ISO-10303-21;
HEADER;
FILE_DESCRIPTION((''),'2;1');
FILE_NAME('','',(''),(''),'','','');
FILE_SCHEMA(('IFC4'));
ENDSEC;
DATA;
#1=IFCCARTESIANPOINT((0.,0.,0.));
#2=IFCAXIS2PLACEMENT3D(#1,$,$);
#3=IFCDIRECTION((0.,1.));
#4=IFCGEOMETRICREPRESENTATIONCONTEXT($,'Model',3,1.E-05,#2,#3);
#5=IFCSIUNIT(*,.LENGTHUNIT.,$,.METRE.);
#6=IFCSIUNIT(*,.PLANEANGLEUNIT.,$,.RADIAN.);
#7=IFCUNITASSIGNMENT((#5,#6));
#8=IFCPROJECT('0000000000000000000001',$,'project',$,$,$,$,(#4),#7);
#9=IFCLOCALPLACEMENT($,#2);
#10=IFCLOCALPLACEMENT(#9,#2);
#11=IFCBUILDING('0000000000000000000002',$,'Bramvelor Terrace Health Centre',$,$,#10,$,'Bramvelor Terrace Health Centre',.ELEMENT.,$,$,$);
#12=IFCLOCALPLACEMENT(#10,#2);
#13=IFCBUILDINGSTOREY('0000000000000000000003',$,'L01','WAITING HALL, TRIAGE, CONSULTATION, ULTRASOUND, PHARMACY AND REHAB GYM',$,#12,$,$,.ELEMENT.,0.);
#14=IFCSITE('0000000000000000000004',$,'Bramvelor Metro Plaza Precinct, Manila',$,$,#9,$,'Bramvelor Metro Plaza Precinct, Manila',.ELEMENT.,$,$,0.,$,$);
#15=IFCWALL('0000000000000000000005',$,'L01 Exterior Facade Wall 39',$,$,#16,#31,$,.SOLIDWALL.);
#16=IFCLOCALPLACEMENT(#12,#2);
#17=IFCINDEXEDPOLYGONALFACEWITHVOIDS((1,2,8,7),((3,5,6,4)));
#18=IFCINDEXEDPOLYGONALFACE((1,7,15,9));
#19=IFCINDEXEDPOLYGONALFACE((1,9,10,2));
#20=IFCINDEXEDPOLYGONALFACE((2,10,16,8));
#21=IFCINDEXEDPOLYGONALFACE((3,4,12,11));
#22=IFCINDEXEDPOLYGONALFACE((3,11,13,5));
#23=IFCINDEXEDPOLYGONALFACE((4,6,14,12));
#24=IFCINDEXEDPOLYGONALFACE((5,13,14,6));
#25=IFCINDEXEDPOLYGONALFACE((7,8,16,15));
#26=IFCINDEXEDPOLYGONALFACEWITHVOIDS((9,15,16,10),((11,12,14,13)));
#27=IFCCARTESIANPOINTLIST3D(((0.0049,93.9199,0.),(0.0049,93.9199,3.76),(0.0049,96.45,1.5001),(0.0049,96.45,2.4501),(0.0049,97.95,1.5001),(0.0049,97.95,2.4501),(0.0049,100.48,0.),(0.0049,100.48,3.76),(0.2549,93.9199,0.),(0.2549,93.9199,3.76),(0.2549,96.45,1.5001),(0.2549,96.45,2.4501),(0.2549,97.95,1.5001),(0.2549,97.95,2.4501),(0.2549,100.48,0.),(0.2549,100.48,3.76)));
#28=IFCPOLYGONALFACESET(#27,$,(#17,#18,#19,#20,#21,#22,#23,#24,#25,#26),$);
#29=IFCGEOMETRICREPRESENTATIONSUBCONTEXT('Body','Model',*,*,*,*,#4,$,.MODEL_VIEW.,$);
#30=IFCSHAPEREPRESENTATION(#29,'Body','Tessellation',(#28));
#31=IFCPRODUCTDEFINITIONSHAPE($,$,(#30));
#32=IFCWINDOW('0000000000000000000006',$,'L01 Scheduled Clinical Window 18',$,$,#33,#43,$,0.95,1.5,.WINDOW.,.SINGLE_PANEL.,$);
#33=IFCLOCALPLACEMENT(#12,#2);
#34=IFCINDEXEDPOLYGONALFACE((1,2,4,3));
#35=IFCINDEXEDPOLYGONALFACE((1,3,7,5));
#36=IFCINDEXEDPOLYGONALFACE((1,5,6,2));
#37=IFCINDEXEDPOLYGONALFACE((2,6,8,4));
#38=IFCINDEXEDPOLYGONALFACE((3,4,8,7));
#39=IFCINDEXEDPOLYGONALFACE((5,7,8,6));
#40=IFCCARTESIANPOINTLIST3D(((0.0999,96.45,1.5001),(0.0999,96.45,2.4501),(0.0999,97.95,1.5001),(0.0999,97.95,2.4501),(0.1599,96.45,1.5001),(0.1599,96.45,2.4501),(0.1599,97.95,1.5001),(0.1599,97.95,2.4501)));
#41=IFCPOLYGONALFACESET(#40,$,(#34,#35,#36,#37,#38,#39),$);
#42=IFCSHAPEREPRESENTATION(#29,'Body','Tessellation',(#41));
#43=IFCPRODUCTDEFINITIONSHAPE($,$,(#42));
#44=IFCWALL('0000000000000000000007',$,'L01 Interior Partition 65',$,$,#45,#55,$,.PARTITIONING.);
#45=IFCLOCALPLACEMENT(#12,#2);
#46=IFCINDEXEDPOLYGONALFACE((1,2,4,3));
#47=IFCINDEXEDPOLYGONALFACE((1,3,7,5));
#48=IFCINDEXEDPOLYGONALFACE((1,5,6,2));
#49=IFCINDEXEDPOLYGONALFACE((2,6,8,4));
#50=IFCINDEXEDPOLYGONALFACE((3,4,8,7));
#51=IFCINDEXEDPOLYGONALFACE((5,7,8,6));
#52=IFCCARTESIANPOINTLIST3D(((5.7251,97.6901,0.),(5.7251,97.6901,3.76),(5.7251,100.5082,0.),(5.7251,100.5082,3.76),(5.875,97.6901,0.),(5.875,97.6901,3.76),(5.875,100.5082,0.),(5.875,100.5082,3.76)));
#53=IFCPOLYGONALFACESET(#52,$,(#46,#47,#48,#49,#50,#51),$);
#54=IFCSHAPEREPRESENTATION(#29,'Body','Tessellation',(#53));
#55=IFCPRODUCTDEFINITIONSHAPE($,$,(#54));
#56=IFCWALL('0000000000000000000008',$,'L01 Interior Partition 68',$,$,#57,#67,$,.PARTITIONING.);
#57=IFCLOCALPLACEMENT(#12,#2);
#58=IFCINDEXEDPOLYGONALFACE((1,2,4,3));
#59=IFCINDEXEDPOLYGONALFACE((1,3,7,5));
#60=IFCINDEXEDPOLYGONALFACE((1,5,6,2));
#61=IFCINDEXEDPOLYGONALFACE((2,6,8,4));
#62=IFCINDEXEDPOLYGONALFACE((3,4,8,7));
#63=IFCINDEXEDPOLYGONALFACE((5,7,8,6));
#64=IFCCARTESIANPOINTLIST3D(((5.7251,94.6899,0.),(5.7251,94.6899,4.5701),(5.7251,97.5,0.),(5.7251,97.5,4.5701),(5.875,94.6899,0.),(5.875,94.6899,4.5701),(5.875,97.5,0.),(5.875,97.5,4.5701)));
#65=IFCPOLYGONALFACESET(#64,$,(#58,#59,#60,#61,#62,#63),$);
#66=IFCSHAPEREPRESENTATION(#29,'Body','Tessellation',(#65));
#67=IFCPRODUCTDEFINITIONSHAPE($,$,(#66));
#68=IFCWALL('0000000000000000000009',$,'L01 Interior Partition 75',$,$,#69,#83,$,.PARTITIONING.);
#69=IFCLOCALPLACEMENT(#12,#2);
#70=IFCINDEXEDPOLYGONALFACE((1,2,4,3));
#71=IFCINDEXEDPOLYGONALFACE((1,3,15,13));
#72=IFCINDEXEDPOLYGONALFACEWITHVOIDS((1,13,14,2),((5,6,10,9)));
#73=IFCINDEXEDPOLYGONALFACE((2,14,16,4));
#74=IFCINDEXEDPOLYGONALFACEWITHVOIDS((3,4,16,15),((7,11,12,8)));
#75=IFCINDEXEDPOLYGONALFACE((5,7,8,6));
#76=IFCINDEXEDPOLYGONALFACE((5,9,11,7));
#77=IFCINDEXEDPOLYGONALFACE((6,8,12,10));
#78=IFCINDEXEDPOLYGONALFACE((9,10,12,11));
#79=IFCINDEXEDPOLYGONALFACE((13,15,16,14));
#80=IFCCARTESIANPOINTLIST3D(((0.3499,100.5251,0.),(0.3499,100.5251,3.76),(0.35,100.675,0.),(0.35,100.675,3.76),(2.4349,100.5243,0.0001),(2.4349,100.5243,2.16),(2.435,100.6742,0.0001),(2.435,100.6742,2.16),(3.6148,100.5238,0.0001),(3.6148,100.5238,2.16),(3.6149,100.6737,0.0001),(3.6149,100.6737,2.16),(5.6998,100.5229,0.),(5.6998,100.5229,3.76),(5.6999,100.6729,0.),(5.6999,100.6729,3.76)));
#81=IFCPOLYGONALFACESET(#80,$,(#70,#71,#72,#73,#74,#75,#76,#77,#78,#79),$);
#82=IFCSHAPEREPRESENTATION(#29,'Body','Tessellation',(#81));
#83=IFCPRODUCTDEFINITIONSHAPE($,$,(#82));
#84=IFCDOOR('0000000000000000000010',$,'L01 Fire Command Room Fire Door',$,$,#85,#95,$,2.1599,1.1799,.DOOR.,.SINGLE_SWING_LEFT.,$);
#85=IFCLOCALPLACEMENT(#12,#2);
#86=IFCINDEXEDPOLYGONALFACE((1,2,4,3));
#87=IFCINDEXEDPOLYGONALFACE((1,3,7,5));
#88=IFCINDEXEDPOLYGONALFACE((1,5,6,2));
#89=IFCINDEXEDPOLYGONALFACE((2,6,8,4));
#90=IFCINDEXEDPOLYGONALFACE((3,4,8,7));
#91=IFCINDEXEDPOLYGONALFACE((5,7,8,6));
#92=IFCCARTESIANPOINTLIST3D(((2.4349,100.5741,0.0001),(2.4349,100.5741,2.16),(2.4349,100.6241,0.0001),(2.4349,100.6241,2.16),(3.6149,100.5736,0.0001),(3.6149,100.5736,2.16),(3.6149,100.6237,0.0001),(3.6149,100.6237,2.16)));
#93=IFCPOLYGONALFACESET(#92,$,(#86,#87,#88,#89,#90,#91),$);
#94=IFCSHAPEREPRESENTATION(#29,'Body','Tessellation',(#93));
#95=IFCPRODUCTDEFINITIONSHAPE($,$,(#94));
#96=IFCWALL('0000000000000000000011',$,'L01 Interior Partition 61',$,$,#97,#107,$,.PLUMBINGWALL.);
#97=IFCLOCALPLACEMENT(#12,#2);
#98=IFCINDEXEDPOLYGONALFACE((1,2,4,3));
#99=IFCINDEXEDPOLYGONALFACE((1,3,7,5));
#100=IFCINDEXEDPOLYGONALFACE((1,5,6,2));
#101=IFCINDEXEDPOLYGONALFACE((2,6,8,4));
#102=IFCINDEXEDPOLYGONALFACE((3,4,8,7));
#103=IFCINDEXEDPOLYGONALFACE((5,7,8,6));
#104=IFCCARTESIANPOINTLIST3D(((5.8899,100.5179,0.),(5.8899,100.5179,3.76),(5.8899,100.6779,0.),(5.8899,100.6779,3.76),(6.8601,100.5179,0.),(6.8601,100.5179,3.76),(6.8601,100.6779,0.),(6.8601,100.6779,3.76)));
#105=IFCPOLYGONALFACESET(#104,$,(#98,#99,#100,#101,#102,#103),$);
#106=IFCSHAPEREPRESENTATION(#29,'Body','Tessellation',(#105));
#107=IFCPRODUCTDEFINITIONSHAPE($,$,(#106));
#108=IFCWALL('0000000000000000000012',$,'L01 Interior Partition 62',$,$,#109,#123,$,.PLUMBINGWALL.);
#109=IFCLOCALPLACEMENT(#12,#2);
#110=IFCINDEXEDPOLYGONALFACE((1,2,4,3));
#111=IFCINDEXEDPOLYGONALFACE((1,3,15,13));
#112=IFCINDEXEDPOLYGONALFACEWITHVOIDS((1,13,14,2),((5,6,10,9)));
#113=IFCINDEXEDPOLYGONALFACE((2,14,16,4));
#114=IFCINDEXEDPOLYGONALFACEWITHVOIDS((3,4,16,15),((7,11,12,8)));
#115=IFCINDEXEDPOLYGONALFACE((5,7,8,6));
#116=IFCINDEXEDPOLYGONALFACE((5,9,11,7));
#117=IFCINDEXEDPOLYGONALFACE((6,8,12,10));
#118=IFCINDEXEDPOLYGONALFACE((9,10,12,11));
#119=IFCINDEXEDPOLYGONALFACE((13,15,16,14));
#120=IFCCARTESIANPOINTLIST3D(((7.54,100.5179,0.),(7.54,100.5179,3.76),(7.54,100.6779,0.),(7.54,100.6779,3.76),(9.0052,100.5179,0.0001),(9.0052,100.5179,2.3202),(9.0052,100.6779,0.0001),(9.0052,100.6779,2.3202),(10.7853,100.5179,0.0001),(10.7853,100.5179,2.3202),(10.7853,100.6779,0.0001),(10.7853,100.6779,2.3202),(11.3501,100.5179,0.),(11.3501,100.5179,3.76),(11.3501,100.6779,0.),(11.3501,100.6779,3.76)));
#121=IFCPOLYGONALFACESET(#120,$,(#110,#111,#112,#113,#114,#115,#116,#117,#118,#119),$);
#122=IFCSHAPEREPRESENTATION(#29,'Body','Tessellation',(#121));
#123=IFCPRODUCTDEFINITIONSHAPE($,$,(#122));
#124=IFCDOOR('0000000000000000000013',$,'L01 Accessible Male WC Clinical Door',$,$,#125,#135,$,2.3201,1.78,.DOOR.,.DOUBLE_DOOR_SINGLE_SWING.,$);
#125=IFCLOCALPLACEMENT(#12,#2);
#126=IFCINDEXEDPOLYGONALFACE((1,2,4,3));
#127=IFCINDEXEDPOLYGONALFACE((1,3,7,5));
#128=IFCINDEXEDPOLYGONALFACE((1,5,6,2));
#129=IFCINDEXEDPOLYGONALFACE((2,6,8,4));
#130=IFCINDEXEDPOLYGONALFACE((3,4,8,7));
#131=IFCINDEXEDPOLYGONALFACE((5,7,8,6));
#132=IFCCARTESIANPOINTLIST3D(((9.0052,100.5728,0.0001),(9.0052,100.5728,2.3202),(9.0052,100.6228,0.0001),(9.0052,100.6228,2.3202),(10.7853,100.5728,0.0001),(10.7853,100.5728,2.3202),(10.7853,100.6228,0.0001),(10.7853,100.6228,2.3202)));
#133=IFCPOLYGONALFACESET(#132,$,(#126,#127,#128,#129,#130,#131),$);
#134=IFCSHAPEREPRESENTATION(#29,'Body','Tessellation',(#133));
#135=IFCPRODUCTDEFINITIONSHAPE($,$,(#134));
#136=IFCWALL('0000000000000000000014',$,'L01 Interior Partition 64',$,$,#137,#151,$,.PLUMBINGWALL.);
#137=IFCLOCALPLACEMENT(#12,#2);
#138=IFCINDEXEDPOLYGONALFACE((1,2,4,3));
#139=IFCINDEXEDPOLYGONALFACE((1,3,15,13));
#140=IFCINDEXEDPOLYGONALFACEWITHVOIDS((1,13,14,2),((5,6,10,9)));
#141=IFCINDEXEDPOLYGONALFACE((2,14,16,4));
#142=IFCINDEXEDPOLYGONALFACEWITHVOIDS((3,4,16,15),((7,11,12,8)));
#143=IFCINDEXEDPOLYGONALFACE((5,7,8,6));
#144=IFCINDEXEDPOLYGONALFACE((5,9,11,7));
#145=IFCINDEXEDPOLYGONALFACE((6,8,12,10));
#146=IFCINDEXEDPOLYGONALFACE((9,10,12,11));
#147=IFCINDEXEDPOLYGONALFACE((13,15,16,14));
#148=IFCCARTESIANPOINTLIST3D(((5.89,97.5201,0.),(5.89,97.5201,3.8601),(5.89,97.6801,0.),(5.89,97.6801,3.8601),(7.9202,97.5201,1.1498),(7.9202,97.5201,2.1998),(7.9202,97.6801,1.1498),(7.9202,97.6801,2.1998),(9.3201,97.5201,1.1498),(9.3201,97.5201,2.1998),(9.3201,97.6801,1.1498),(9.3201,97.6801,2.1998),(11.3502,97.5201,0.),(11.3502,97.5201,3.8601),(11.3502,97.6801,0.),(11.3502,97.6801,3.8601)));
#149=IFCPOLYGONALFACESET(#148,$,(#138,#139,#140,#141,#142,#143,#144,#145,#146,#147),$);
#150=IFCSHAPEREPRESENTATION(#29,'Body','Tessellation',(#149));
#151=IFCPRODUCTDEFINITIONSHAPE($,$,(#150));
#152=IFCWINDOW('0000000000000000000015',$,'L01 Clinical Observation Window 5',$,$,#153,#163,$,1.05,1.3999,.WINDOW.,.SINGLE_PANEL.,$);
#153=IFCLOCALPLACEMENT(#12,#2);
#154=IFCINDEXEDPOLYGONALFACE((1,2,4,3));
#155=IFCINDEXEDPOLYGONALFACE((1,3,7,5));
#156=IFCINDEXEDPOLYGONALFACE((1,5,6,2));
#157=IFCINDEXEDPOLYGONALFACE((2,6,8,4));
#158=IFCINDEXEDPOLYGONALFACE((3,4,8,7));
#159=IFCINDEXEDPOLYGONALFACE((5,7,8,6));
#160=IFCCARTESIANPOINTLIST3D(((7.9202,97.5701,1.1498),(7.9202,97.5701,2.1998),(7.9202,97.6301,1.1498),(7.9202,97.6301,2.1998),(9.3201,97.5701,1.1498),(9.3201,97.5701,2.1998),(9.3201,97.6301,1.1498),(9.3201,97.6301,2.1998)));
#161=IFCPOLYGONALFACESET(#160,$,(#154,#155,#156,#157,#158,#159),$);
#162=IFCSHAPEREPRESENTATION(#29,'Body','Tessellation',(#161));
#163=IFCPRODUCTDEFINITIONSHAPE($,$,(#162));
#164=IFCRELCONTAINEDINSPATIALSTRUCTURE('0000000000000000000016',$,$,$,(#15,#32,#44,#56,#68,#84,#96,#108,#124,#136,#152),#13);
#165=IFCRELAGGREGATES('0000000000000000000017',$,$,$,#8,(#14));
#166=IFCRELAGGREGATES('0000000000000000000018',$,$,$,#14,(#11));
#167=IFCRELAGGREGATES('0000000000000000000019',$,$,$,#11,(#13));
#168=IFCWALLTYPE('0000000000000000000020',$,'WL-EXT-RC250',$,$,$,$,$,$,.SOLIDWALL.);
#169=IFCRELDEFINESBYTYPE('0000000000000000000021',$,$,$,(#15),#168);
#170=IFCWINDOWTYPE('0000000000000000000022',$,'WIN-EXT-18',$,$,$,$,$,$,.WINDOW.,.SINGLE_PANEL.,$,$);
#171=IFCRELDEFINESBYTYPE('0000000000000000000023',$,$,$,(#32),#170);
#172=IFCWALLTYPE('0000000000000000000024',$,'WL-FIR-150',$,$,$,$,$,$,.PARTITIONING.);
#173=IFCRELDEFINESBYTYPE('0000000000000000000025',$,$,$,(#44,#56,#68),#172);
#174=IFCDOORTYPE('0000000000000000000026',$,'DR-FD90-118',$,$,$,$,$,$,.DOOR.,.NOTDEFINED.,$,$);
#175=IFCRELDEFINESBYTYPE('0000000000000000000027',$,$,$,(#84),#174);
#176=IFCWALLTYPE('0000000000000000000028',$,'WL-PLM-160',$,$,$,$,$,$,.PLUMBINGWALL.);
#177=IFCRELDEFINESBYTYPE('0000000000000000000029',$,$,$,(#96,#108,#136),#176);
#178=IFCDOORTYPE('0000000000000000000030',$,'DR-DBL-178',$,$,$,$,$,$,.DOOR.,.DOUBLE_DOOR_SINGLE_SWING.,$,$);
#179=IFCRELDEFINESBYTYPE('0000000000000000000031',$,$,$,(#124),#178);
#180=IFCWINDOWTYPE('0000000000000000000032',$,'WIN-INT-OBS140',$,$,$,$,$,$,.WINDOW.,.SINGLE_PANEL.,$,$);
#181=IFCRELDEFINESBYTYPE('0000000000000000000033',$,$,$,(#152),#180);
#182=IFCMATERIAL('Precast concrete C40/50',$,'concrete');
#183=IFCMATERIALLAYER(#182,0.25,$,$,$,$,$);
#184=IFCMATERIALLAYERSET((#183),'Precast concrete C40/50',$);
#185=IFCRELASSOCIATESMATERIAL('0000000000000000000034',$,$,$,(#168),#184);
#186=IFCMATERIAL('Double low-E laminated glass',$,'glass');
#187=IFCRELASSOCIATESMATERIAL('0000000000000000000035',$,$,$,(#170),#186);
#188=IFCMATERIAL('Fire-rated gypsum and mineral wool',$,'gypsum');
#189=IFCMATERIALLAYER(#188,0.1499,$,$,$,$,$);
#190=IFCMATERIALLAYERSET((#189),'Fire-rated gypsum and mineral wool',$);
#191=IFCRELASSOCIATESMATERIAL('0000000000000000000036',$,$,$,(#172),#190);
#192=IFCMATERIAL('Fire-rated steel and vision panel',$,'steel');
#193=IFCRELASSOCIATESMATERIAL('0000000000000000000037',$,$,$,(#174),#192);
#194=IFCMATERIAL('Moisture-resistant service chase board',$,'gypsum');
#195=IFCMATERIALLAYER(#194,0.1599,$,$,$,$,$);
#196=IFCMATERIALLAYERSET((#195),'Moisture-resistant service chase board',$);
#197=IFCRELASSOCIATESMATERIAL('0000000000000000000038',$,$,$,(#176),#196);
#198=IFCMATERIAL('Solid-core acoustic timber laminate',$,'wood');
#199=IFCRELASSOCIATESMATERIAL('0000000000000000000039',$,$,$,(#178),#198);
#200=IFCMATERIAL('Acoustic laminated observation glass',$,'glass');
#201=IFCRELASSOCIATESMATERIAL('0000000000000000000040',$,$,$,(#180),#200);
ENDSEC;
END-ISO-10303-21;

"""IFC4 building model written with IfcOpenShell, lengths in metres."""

from ifc_helpers import new_model, si_unit, direction, frame, frame_2d, origin, place, context, subcontext, project, spatial, rectangle, extrude, material, layer, layer_set, type_object, element, fill, save


model = new_model("IFC4")

# Units and contexts
model_context = context("Model", 3, precision=1e-05, world=origin(), true_north=direction((0.0, 1.0)))
body_context = subcontext(model_context, "Body", "Model", "MODEL_VIEW")
ifc_project = project(units=[si_unit("LENGTHUNIT", "METRE"), si_unit("PLANEANGLEUNIT", "RADIAN")], contexts=[model_context])

# Site, building, storey
site_placement = place(None, origin())
site = spatial("IfcSite", under=ifc_project, at=site_placement, Name="Bramvelor Metro Plaza Precinct, Manila", LongName="Bramvelor Metro Plaza Precinct, Manila", CompositionType="ELEMENT", RefElevation=0.0)
building_placement = place(site_placement, origin())
building = spatial("IfcBuilding", under=site, at=building_placement, Name="Bramvelor Terrace Health Centre", LongName="Bramvelor Terrace Health Centre", CompositionType="ELEMENT")
storey_placement = place(building_placement, origin())
storey = spatial("IfcBuildingStorey", under=building, at=storey_placement, Name="L01", Description="WAITING HALL, TRIAGE, CONSULTATION, ULTRASOUND, PHARMACY AND REHAB GYM", CompositionType="ELEMENT", Elevation=0.0)

# Wall, opening, window
ifc_material_1 = material(Name="Precast concrete C40/50", Category="concrete")
ifc_layer_1 = layer(ifc_material_1, 0.25)
ifc_layer_set_1 = layer_set([ifc_layer_1], Name="Precast concrete C40/50")
wall_type_1 = type_object("IfcWallType", Name="WL-EXT-RC250", PredefinedType="SOLIDWALL", material=ifc_layer_set_1)
wall_1_placement = place(storey_placement, frame((0.1299, 93.9199, 0.0), z_axis=(0.0, 0.0, 1.0), x_axis=(0.0, 1.0, 0.0)))
wall_1 = element("IfcWall", 1, at=wall_1_placement, inside=storey, type_object=wall_type_1, Name="L01 Exterior Facade Wall 39", PredefinedType="SOLIDWALL", context=body_context, shape_type="SweptSolid", body=[
    extrude(rectangle(XDim=6.5601, YDim=0.25, at=frame_2d((3.28, 0.0))), origin(), (0.0, 0.0, 1.0), 3.76),
])
opening_1_placement = place(wall_1_placement, frame((2.53, 0.0, 1.5)))
opening_1 = element("IfcOpeningElement", 2, at=opening_1_placement, cuts=wall_1, PredefinedType="OPENING", context=body_context, shape_type="SweptSolid", body=[
    extrude(rectangle(XDim=1.5, YDim=0.95, at=frame_2d((0.75, 0.4751))), frame((0.0, 0.135, 0.0), z_axis=(0.0, -1.0, 0.0), x_axis=(1.0, 0.0, 0.0)), (0.0, 0.0, 1.0), 0.27),
])
ifc_material_2 = material(Name="Double low-E laminated glass", Category="glass")
window_type_1 = type_object("IfcWindowType", Name="WIN-EXT-18", PartitioningType="SINGLE_PANEL", PredefinedType="WINDOW", material=ifc_material_2)
window_1_placement = place(opening_1_placement, origin())
window_1 = element("IfcWindow", 3, at=window_1_placement, inside=storey, type_object=window_type_1, Name="L01 Scheduled Clinical Window 18", OverallHeight=0.95, OverallWidth=1.5, PartitioningType="SINGLE_PANEL", PredefinedType="WINDOW", context=body_context, shape_type="SweptSolid", body=[
    extrude(rectangle(XDim=1.5, YDim=0.95, at=frame_2d((0.75, 0.4751))), frame((0.0, 0.03, 0.0), z_axis=(0.0, -1.0, 0.0), x_axis=(1.0, 0.0, 0.0)), (0.0, 0.0, 1.0), 0.0601),
])
fill(opening_1, window_1)

# Walls
ifc_material_3 = material(Name="Fire-rated gypsum and mineral wool", Category="gypsum")
ifc_layer_2 = layer(ifc_material_3, 0.1499)
ifc_layer_set_2 = layer_set([ifc_layer_2], Name="Fire-rated gypsum and mineral wool")
wall_type_2 = type_object("IfcWallType", Name="WL-FIR-150", PredefinedType="PARTITIONING", material=ifc_layer_set_2)
wall_2_placement = place(storey_placement, frame((5.8, 97.6899, 0.0), z_axis=(0.0, 0.0, 1.0), x_axis=(0.0, 1.0, 0.0)))
element("IfcWall", 4, at=wall_2_placement, inside=storey, type_object=wall_type_2, Name="L01 Interior Partition 65", PredefinedType="PARTITIONING", context=body_context, shape_type="SweptSolid", body=[
    extrude(rectangle(XDim=2.8181, YDim=0.1499, at=frame_2d((1.4092, 0.0))), origin(), (0.0, 0.0, 1.0), 3.76),
])
wall_3_placement = place(storey_placement, frame((5.8, 94.6899, 0.0), z_axis=(0.0, 0.0, 1.0), x_axis=(0.0, 1.0, 0.0)))
element("IfcWall", 5, at=wall_3_placement, inside=storey, type_object=wall_type_2, Name="L01 Interior Partition 68", PredefinedType="PARTITIONING", context=body_context, shape_type="SweptSolid", body=[
    extrude(rectangle(XDim=2.8101, YDim=0.1499, at=frame_2d((1.405, 0.0))), origin(), (0.0, 0.0, 1.0), 4.5701),
])

# Wall, opening, door
wall_4_placement = place(storey_placement, frame((0.3501, 100.6001, 0.0), z_axis=(0.0, 0.0, 1.0), x_axis=(1.0, -0.000411, 0.0)))
wall_4 = element("IfcWall", 6, at=wall_4_placement, inside=storey, type_object=wall_type_2, Name="L01 Interior Partition 75", PredefinedType="PARTITIONING", context=body_context, shape_type="SweptSolid", body=[
    extrude(rectangle(XDim=5.3499, YDim=0.1499, at=frame_2d((2.6748, 0.0))), origin(), (0.0, 0.0, 1.0), 3.76),
])
opening_2_placement = place(wall_4_placement, frame((2.085, 0.0, 0.0)))
opening_2 = element("IfcOpeningElement", 7, at=opening_2_placement, cuts=wall_4, PredefinedType="OPENING", context=body_context, shape_type="SweptSolid", body=[
    extrude(rectangle(XDim=1.1799, YDim=2.1599, at=frame_2d((0.5898, 1.0801))), frame((0.0, 0.085, 0.0), z_axis=(0.0, -1.0, 0.0), x_axis=(1.0, 0.0, 0.0)), (0.0, 0.0, 1.0), 0.1699),
])
ifc_material_4 = material(Name="Fire-rated steel and vision panel", Category="steel")
door_type_1 = type_object("IfcDoorType", Name="DR-FD90-118", OperationType="NOTDEFINED", PredefinedType="DOOR", material=ifc_material_4)
door_1_placement = place(opening_2_placement, origin())
door_1 = element("IfcDoor", 8, at=door_1_placement, inside=storey, type_object=door_type_1, Name="L01 Fire Command Room Fire Door", OperationType="SINGLE_SWING_LEFT", OverallHeight=2.1599, OverallWidth=1.1799, PredefinedType="DOOR", context=body_context, shape_type="SweptSolid", body=[
    extrude(rectangle(XDim=1.1799, YDim=2.1599, at=frame_2d((0.5898, 1.0801))), frame((0.0, 0.0249, 0.0), z_axis=(0.0, -1.0, 0.0), x_axis=(1.0, 0.0, 0.0)), (0.0, 0.0, 1.0), 0.05),
])
fill(opening_2, door_1)

# Wall
ifc_material_5 = material(Name="Moisture-resistant service chase board", Category="gypsum")
ifc_layer_3 = layer(ifc_material_5, 0.1599)
ifc_layer_set_3 = layer_set([ifc_layer_3], Name="Moisture-resistant service chase board")
wall_type_3 = type_object("IfcWallType", Name="WL-PLM-160", PredefinedType="PLUMBINGWALL", material=ifc_layer_set_3)
wall_5_placement = place(storey_placement, frame((5.8899, 100.5979, 0.0), z_axis=(0.0, 0.0, 1.0), x_axis=(1.0, 0.0, 0.0)))
element("IfcWall", 9, at=wall_5_placement, inside=storey, type_object=wall_type_3, Name="L01 Interior Partition 61", PredefinedType="PLUMBINGWALL", context=body_context, shape_type="SweptSolid", body=[
    extrude(rectangle(XDim=0.9702, YDim=0.1599, at=frame_2d((0.4851, 0.0))), origin(), (0.0, 0.0, 1.0), 3.76),
])

# Wall, opening, door
wall_6_placement = place(storey_placement, frame((7.54, 100.5979, 0.0), z_axis=(0.0, 0.0, 1.0), x_axis=(1.0, 0.0, 0.0)))
wall_6 = element("IfcWall", 10, at=wall_6_placement, inside=storey, type_object=wall_type_3, Name="L01 Interior Partition 62", PredefinedType="PLUMBINGWALL", context=body_context, shape_type="SweptSolid", body=[
    extrude(rectangle(XDim=3.8101, YDim=0.1599, at=frame_2d((1.905, 0.0))), origin(), (0.0, 0.0, 1.0), 3.76),
])
opening_3_placement = place(wall_6_placement, frame((1.4651, 0.0, 0.0)))
opening_3 = element("IfcOpeningElement", 11, at=opening_3_placement, cuts=wall_6, PredefinedType="OPENING", context=body_context, shape_type="SweptSolid", body=[
    extrude(rectangle(XDim=1.78, YDim=2.3201, at=frame_2d((0.8901, 1.1602))), frame((0.0, 0.0898, 0.0), z_axis=(0.0, -1.0, 0.0), x_axis=(1.0, 0.0, 0.0)), (0.0, 0.0, 1.0), 0.1799),
])
ifc_material_6 = material(Name="Solid-core acoustic timber laminate", Category="wood")
door_type_2 = type_object("IfcDoorType", Name="DR-DBL-178", OperationType="DOUBLE_DOOR_SINGLE_SWING", PredefinedType="DOOR", material=ifc_material_6)
door_2_placement = place(opening_3_placement, origin())
door_2 = element("IfcDoor", 12, at=door_2_placement, inside=storey, type_object=door_type_2, Name="L01 Accessible Male WC Clinical Door", OperationType="DOUBLE_DOOR_SINGLE_SWING", OverallHeight=2.3201, OverallWidth=1.78, PredefinedType="DOOR", context=body_context, shape_type="SweptSolid", body=[
    extrude(rectangle(XDim=1.78, YDim=2.3201, at=frame_2d((0.8901, 1.1602))), frame((0.0, 0.0249, 0.0), z_axis=(0.0, -1.0, 0.0), x_axis=(1.0, 0.0, 0.0)), (0.0, 0.0, 1.0), 0.05),
])
fill(opening_3, door_2)

# Wall, opening, window
wall_7_placement = place(storey_placement, frame((11.3501, 97.6001, 0.0), z_axis=(0.0, 0.0, 1.0), x_axis=(-1.0, 0.0, 0.0)))
wall_7 = element("IfcWall", 13, at=wall_7_placement, inside=storey, type_object=wall_type_3, Name="L01 Interior Partition 64", PredefinedType="PLUMBINGWALL", context=body_context, shape_type="SweptSolid", body=[
    extrude(rectangle(XDim=5.4602, YDim=0.1599, at=frame_2d((2.73, 0.0))), origin(), (0.0, 0.0, 1.0), 3.8601),
])
opening_4_placement = place(wall_7_placement, frame((2.03, 0.0, 1.1499)))
opening_4 = element("IfcOpeningElement", 14, at=opening_4_placement, cuts=wall_7, PredefinedType="OPENING", context=body_context, shape_type="SweptSolid", body=[
    extrude(rectangle(XDim=1.3999, YDim=1.05, at=frame_2d((0.7, 0.5249))), frame((0.0, 0.0898, 0.0), z_axis=(0.0, -1.0, 0.0), x_axis=(1.0, 0.0, 0.0)), (0.0, 0.0, 1.0), 0.1799),
])
ifc_material_7 = material(Name="Acoustic laminated observation glass", Category="glass")
window_type_2 = type_object("IfcWindowType", Name="WIN-INT-OBS140", PartitioningType="SINGLE_PANEL", PredefinedType="WINDOW", material=ifc_material_7)
window_2_placement = place(opening_4_placement, origin())
window_2 = element("IfcWindow", 15, at=window_2_placement, inside=storey, type_object=window_type_2, Name="L01 Clinical Observation Window 5", OverallHeight=1.05, OverallWidth=1.3999, PartitioningType="SINGLE_PANEL", PredefinedType="WINDOW", context=body_context, shape_type="SweptSolid", body=[
    extrude(rectangle(XDim=1.3999, YDim=1.05, at=frame_2d((0.7, 0.5249))), frame((0.0, 0.03, 0.0), z_axis=(0.0, -1.0, 0.0), x_axis=(1.0, 0.0, 0.0)), (0.0, 0.0, 1.0), 0.0601),
])
fill(opening_4, window_2)

save(model, "model.ifc")
